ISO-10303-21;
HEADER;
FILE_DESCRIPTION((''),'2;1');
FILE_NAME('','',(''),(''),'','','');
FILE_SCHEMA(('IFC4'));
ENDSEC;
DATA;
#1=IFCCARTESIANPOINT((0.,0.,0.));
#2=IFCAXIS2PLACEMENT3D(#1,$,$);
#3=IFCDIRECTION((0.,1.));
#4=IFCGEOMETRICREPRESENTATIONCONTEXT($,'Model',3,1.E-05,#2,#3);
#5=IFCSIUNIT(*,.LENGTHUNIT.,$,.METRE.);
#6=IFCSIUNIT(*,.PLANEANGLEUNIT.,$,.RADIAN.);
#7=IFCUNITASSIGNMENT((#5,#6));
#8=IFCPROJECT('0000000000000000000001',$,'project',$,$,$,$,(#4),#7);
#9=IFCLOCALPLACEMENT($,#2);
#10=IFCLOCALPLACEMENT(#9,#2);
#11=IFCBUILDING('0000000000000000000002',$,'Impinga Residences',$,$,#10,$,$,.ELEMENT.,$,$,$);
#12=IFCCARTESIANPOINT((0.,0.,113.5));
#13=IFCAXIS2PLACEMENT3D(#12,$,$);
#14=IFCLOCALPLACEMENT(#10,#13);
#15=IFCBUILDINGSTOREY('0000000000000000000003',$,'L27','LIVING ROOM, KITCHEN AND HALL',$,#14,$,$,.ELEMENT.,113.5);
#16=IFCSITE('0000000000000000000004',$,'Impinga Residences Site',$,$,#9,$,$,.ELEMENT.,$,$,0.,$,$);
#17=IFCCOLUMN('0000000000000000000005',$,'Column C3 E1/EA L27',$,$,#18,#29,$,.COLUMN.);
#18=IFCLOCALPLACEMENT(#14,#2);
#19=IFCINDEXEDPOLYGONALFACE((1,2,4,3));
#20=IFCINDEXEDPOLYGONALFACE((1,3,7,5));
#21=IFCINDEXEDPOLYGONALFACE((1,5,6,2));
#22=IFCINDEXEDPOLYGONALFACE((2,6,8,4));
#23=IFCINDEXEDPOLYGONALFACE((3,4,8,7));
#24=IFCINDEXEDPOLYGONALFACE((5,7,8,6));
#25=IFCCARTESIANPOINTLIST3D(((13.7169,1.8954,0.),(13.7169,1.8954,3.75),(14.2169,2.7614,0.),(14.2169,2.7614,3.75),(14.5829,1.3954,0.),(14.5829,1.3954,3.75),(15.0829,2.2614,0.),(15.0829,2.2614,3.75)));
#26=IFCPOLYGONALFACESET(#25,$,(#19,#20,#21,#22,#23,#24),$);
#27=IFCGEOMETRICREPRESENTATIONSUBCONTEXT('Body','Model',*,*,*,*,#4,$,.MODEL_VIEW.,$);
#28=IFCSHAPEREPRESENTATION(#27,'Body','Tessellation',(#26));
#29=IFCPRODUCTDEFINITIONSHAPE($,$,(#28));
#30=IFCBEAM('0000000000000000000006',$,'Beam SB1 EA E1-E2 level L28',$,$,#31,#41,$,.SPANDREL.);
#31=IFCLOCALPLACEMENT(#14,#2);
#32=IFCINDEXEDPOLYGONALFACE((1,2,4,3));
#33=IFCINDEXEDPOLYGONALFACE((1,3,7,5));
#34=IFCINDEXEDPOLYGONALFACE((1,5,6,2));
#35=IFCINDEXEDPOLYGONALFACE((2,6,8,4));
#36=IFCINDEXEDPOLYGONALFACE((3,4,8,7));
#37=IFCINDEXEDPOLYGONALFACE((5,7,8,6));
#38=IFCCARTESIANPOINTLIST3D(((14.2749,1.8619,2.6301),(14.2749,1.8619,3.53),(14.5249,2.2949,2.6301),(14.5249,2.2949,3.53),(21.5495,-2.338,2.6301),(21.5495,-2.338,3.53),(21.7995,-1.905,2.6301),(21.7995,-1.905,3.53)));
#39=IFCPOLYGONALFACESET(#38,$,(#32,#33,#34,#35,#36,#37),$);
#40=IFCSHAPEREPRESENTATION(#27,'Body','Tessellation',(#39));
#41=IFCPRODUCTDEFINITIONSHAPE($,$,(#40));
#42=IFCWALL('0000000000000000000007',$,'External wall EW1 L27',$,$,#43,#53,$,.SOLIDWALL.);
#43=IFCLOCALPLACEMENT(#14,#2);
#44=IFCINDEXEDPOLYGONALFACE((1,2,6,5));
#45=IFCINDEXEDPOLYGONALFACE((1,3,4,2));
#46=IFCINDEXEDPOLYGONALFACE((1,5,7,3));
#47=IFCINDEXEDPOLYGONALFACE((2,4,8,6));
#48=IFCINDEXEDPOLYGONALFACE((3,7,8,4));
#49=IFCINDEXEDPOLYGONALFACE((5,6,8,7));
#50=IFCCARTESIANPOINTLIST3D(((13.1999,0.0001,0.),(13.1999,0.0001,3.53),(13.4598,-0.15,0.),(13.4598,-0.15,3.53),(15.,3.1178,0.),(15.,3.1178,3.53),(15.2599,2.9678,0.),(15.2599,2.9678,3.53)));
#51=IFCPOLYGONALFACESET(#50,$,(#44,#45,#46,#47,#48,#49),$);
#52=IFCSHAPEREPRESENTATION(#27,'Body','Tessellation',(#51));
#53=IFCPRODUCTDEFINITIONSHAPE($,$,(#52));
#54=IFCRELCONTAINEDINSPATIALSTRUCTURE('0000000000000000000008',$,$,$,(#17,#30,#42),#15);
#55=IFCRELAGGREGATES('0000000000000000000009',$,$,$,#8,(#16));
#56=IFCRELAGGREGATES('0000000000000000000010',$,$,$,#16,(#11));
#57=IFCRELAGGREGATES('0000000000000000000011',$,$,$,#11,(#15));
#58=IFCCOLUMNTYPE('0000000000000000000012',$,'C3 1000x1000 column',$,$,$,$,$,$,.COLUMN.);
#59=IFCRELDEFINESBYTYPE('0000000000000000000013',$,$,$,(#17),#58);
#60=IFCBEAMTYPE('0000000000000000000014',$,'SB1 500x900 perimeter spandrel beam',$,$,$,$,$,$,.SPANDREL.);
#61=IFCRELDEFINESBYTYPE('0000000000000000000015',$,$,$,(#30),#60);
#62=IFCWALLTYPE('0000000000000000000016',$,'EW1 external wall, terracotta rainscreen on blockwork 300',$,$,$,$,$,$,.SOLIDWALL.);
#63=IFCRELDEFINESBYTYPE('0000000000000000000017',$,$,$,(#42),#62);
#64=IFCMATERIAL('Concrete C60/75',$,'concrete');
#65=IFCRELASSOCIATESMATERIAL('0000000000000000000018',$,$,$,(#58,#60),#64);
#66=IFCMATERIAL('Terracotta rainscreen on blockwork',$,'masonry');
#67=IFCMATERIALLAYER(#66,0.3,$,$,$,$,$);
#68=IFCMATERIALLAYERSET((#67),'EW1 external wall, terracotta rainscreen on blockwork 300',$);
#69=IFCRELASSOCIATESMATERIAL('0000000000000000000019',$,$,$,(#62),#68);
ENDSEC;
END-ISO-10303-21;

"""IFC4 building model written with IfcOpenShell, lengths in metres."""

from ifc_helpers import new_model, si_unit, direction, frame, frame_2d, origin, origin_2d, place, context, subcontext, project, spatial, rectangle, extrude, material, layer, layer_set, material_profile, profile_set, type_object, element, save


model = new_model("IFC4")

# Units and contexts
model_context = context("Model", 3, precision=1e-05, world=origin(), true_north=direction((0.0, 1.0)))
body_context = subcontext(model_context, "Body", "Model", "MODEL_VIEW")
ifc_project = project(units=[si_unit("LENGTHUNIT", "METRE"), si_unit("PLANEANGLEUNIT", "RADIAN")], contexts=[model_context])

# Site, building, storey
site_placement = place(None, origin())
site = spatial("IfcSite", under=ifc_project, at=site_placement, Name="Impinga Residences Site", CompositionType="ELEMENT", RefElevation=0.0)
building_placement = place(site_placement, origin())
building = spatial("IfcBuilding", under=site, at=building_placement, Name="Impinga Residences", CompositionType="ELEMENT")
storey_placement = place(building_placement, frame((0.0, 0.0, 113.5)))
storey = spatial("IfcBuildingStorey", under=building, at=storey_placement, Name="L27", Description="LIVING ROOM, KITCHEN AND HALL", CompositionType="ELEMENT", Elevation=113.5)

# Column
ifc_material_1 = material(Name="Concrete C60/75", Category="concrete")
ifc_material_profile_1 = material_profile(ifc_material_1, rectangle(XDim=1.0, YDim=1.0, at=origin_2d()), Name="RC 1000x1000")
ifc_profile_set_1 = profile_set([ifc_material_profile_1], Name="Concrete C60/75")
column_type = type_object("IfcColumnType", Name="C3 1000x1000 column", PredefinedType="COLUMN", material=ifc_profile_set_1)
column_placement = place(storey_placement, frame((14.3999, 2.0784, 0.0), z_axis=(0.0, 0.0, 1.0), x_axis=(-0.5, -0.866025, 0.0)))
element("IfcColumn", 1, at=column_placement, inside=storey, type_object=column_type, Name="Column C3 E1/EA L27", PredefinedType="COLUMN", context=body_context, shape_type="SweptSolid", body=[
    extrude(rectangle(XDim=1.0, YDim=1.0, at=origin_2d()), origin(), (0.0, 0.0, 1.0), 3.75),
])

# Beam
ifc_material_profile_2 = material_profile(ifc_material_1, rectangle(XDim=0.5, YDim=0.8999, at=origin_2d()), Name="RC 500x900")
ifc_profile_set_2 = profile_set([ifc_material_profile_2], Name="Concrete C60/75")
beam_type = type_object("IfcBeamType", Name="SB1 500x900 perimeter spandrel beam", PredefinedType="SPANDREL", material=ifc_profile_set_2)
beam_placement = place(storey_placement, frame((14.3999, 2.0784, 3.0801), z_axis=(0.866029, -0.499993, 0.0), x_axis=(0.499993, 0.866029, 0.0)))
element("IfcBeam", 2, at=beam_placement, inside=storey, type_object=beam_type, Name="Beam SB1 EA E1-E2 level L28", PredefinedType="SPANDREL", context=body_context, shape_type="SweptSolid", body=[
    extrude(rectangle(XDim=0.5, YDim=0.8999, at=origin_2d()), origin(), (0.0, 0.0, 1.0), 8.3999),
])

# Wall
ifc_material_2 = material(Name="Terracotta rainscreen on blockwork", Category="masonry")
ifc_layer_1 = layer(ifc_material_2, 0.3)
ifc_layer_set_1 = layer_set([ifc_layer_1], Name="EW1 external wall, terracotta rainscreen on blockwork 300")
wall_type_1 = type_object("IfcWallType", Name="EW1 external wall, terracotta rainscreen on blockwork 300", PredefinedType="SOLIDWALL", material=ifc_layer_set_1)
wall_1_placement = place(storey_placement, frame((13.3298, -0.075, 0.0), z_axis=(0.0, 0.0, 1.0), x_axis=(0.500012, 0.866018, 0.0)))
element("IfcWall", 3, at=wall_1_placement, inside=storey, type_object=wall_type_1, Name="External wall EW1 L27", PredefinedType="SOLIDWALL", context=body_context, shape_type="SweptSolid", body=[
    extrude(rectangle(XDim=3.6001, YDim=0.3, at=frame_2d((1.8, 0.0))), origin(), (0.0, 0.0, 1.0), 3.53),
])

save(model, "model.ifc")
